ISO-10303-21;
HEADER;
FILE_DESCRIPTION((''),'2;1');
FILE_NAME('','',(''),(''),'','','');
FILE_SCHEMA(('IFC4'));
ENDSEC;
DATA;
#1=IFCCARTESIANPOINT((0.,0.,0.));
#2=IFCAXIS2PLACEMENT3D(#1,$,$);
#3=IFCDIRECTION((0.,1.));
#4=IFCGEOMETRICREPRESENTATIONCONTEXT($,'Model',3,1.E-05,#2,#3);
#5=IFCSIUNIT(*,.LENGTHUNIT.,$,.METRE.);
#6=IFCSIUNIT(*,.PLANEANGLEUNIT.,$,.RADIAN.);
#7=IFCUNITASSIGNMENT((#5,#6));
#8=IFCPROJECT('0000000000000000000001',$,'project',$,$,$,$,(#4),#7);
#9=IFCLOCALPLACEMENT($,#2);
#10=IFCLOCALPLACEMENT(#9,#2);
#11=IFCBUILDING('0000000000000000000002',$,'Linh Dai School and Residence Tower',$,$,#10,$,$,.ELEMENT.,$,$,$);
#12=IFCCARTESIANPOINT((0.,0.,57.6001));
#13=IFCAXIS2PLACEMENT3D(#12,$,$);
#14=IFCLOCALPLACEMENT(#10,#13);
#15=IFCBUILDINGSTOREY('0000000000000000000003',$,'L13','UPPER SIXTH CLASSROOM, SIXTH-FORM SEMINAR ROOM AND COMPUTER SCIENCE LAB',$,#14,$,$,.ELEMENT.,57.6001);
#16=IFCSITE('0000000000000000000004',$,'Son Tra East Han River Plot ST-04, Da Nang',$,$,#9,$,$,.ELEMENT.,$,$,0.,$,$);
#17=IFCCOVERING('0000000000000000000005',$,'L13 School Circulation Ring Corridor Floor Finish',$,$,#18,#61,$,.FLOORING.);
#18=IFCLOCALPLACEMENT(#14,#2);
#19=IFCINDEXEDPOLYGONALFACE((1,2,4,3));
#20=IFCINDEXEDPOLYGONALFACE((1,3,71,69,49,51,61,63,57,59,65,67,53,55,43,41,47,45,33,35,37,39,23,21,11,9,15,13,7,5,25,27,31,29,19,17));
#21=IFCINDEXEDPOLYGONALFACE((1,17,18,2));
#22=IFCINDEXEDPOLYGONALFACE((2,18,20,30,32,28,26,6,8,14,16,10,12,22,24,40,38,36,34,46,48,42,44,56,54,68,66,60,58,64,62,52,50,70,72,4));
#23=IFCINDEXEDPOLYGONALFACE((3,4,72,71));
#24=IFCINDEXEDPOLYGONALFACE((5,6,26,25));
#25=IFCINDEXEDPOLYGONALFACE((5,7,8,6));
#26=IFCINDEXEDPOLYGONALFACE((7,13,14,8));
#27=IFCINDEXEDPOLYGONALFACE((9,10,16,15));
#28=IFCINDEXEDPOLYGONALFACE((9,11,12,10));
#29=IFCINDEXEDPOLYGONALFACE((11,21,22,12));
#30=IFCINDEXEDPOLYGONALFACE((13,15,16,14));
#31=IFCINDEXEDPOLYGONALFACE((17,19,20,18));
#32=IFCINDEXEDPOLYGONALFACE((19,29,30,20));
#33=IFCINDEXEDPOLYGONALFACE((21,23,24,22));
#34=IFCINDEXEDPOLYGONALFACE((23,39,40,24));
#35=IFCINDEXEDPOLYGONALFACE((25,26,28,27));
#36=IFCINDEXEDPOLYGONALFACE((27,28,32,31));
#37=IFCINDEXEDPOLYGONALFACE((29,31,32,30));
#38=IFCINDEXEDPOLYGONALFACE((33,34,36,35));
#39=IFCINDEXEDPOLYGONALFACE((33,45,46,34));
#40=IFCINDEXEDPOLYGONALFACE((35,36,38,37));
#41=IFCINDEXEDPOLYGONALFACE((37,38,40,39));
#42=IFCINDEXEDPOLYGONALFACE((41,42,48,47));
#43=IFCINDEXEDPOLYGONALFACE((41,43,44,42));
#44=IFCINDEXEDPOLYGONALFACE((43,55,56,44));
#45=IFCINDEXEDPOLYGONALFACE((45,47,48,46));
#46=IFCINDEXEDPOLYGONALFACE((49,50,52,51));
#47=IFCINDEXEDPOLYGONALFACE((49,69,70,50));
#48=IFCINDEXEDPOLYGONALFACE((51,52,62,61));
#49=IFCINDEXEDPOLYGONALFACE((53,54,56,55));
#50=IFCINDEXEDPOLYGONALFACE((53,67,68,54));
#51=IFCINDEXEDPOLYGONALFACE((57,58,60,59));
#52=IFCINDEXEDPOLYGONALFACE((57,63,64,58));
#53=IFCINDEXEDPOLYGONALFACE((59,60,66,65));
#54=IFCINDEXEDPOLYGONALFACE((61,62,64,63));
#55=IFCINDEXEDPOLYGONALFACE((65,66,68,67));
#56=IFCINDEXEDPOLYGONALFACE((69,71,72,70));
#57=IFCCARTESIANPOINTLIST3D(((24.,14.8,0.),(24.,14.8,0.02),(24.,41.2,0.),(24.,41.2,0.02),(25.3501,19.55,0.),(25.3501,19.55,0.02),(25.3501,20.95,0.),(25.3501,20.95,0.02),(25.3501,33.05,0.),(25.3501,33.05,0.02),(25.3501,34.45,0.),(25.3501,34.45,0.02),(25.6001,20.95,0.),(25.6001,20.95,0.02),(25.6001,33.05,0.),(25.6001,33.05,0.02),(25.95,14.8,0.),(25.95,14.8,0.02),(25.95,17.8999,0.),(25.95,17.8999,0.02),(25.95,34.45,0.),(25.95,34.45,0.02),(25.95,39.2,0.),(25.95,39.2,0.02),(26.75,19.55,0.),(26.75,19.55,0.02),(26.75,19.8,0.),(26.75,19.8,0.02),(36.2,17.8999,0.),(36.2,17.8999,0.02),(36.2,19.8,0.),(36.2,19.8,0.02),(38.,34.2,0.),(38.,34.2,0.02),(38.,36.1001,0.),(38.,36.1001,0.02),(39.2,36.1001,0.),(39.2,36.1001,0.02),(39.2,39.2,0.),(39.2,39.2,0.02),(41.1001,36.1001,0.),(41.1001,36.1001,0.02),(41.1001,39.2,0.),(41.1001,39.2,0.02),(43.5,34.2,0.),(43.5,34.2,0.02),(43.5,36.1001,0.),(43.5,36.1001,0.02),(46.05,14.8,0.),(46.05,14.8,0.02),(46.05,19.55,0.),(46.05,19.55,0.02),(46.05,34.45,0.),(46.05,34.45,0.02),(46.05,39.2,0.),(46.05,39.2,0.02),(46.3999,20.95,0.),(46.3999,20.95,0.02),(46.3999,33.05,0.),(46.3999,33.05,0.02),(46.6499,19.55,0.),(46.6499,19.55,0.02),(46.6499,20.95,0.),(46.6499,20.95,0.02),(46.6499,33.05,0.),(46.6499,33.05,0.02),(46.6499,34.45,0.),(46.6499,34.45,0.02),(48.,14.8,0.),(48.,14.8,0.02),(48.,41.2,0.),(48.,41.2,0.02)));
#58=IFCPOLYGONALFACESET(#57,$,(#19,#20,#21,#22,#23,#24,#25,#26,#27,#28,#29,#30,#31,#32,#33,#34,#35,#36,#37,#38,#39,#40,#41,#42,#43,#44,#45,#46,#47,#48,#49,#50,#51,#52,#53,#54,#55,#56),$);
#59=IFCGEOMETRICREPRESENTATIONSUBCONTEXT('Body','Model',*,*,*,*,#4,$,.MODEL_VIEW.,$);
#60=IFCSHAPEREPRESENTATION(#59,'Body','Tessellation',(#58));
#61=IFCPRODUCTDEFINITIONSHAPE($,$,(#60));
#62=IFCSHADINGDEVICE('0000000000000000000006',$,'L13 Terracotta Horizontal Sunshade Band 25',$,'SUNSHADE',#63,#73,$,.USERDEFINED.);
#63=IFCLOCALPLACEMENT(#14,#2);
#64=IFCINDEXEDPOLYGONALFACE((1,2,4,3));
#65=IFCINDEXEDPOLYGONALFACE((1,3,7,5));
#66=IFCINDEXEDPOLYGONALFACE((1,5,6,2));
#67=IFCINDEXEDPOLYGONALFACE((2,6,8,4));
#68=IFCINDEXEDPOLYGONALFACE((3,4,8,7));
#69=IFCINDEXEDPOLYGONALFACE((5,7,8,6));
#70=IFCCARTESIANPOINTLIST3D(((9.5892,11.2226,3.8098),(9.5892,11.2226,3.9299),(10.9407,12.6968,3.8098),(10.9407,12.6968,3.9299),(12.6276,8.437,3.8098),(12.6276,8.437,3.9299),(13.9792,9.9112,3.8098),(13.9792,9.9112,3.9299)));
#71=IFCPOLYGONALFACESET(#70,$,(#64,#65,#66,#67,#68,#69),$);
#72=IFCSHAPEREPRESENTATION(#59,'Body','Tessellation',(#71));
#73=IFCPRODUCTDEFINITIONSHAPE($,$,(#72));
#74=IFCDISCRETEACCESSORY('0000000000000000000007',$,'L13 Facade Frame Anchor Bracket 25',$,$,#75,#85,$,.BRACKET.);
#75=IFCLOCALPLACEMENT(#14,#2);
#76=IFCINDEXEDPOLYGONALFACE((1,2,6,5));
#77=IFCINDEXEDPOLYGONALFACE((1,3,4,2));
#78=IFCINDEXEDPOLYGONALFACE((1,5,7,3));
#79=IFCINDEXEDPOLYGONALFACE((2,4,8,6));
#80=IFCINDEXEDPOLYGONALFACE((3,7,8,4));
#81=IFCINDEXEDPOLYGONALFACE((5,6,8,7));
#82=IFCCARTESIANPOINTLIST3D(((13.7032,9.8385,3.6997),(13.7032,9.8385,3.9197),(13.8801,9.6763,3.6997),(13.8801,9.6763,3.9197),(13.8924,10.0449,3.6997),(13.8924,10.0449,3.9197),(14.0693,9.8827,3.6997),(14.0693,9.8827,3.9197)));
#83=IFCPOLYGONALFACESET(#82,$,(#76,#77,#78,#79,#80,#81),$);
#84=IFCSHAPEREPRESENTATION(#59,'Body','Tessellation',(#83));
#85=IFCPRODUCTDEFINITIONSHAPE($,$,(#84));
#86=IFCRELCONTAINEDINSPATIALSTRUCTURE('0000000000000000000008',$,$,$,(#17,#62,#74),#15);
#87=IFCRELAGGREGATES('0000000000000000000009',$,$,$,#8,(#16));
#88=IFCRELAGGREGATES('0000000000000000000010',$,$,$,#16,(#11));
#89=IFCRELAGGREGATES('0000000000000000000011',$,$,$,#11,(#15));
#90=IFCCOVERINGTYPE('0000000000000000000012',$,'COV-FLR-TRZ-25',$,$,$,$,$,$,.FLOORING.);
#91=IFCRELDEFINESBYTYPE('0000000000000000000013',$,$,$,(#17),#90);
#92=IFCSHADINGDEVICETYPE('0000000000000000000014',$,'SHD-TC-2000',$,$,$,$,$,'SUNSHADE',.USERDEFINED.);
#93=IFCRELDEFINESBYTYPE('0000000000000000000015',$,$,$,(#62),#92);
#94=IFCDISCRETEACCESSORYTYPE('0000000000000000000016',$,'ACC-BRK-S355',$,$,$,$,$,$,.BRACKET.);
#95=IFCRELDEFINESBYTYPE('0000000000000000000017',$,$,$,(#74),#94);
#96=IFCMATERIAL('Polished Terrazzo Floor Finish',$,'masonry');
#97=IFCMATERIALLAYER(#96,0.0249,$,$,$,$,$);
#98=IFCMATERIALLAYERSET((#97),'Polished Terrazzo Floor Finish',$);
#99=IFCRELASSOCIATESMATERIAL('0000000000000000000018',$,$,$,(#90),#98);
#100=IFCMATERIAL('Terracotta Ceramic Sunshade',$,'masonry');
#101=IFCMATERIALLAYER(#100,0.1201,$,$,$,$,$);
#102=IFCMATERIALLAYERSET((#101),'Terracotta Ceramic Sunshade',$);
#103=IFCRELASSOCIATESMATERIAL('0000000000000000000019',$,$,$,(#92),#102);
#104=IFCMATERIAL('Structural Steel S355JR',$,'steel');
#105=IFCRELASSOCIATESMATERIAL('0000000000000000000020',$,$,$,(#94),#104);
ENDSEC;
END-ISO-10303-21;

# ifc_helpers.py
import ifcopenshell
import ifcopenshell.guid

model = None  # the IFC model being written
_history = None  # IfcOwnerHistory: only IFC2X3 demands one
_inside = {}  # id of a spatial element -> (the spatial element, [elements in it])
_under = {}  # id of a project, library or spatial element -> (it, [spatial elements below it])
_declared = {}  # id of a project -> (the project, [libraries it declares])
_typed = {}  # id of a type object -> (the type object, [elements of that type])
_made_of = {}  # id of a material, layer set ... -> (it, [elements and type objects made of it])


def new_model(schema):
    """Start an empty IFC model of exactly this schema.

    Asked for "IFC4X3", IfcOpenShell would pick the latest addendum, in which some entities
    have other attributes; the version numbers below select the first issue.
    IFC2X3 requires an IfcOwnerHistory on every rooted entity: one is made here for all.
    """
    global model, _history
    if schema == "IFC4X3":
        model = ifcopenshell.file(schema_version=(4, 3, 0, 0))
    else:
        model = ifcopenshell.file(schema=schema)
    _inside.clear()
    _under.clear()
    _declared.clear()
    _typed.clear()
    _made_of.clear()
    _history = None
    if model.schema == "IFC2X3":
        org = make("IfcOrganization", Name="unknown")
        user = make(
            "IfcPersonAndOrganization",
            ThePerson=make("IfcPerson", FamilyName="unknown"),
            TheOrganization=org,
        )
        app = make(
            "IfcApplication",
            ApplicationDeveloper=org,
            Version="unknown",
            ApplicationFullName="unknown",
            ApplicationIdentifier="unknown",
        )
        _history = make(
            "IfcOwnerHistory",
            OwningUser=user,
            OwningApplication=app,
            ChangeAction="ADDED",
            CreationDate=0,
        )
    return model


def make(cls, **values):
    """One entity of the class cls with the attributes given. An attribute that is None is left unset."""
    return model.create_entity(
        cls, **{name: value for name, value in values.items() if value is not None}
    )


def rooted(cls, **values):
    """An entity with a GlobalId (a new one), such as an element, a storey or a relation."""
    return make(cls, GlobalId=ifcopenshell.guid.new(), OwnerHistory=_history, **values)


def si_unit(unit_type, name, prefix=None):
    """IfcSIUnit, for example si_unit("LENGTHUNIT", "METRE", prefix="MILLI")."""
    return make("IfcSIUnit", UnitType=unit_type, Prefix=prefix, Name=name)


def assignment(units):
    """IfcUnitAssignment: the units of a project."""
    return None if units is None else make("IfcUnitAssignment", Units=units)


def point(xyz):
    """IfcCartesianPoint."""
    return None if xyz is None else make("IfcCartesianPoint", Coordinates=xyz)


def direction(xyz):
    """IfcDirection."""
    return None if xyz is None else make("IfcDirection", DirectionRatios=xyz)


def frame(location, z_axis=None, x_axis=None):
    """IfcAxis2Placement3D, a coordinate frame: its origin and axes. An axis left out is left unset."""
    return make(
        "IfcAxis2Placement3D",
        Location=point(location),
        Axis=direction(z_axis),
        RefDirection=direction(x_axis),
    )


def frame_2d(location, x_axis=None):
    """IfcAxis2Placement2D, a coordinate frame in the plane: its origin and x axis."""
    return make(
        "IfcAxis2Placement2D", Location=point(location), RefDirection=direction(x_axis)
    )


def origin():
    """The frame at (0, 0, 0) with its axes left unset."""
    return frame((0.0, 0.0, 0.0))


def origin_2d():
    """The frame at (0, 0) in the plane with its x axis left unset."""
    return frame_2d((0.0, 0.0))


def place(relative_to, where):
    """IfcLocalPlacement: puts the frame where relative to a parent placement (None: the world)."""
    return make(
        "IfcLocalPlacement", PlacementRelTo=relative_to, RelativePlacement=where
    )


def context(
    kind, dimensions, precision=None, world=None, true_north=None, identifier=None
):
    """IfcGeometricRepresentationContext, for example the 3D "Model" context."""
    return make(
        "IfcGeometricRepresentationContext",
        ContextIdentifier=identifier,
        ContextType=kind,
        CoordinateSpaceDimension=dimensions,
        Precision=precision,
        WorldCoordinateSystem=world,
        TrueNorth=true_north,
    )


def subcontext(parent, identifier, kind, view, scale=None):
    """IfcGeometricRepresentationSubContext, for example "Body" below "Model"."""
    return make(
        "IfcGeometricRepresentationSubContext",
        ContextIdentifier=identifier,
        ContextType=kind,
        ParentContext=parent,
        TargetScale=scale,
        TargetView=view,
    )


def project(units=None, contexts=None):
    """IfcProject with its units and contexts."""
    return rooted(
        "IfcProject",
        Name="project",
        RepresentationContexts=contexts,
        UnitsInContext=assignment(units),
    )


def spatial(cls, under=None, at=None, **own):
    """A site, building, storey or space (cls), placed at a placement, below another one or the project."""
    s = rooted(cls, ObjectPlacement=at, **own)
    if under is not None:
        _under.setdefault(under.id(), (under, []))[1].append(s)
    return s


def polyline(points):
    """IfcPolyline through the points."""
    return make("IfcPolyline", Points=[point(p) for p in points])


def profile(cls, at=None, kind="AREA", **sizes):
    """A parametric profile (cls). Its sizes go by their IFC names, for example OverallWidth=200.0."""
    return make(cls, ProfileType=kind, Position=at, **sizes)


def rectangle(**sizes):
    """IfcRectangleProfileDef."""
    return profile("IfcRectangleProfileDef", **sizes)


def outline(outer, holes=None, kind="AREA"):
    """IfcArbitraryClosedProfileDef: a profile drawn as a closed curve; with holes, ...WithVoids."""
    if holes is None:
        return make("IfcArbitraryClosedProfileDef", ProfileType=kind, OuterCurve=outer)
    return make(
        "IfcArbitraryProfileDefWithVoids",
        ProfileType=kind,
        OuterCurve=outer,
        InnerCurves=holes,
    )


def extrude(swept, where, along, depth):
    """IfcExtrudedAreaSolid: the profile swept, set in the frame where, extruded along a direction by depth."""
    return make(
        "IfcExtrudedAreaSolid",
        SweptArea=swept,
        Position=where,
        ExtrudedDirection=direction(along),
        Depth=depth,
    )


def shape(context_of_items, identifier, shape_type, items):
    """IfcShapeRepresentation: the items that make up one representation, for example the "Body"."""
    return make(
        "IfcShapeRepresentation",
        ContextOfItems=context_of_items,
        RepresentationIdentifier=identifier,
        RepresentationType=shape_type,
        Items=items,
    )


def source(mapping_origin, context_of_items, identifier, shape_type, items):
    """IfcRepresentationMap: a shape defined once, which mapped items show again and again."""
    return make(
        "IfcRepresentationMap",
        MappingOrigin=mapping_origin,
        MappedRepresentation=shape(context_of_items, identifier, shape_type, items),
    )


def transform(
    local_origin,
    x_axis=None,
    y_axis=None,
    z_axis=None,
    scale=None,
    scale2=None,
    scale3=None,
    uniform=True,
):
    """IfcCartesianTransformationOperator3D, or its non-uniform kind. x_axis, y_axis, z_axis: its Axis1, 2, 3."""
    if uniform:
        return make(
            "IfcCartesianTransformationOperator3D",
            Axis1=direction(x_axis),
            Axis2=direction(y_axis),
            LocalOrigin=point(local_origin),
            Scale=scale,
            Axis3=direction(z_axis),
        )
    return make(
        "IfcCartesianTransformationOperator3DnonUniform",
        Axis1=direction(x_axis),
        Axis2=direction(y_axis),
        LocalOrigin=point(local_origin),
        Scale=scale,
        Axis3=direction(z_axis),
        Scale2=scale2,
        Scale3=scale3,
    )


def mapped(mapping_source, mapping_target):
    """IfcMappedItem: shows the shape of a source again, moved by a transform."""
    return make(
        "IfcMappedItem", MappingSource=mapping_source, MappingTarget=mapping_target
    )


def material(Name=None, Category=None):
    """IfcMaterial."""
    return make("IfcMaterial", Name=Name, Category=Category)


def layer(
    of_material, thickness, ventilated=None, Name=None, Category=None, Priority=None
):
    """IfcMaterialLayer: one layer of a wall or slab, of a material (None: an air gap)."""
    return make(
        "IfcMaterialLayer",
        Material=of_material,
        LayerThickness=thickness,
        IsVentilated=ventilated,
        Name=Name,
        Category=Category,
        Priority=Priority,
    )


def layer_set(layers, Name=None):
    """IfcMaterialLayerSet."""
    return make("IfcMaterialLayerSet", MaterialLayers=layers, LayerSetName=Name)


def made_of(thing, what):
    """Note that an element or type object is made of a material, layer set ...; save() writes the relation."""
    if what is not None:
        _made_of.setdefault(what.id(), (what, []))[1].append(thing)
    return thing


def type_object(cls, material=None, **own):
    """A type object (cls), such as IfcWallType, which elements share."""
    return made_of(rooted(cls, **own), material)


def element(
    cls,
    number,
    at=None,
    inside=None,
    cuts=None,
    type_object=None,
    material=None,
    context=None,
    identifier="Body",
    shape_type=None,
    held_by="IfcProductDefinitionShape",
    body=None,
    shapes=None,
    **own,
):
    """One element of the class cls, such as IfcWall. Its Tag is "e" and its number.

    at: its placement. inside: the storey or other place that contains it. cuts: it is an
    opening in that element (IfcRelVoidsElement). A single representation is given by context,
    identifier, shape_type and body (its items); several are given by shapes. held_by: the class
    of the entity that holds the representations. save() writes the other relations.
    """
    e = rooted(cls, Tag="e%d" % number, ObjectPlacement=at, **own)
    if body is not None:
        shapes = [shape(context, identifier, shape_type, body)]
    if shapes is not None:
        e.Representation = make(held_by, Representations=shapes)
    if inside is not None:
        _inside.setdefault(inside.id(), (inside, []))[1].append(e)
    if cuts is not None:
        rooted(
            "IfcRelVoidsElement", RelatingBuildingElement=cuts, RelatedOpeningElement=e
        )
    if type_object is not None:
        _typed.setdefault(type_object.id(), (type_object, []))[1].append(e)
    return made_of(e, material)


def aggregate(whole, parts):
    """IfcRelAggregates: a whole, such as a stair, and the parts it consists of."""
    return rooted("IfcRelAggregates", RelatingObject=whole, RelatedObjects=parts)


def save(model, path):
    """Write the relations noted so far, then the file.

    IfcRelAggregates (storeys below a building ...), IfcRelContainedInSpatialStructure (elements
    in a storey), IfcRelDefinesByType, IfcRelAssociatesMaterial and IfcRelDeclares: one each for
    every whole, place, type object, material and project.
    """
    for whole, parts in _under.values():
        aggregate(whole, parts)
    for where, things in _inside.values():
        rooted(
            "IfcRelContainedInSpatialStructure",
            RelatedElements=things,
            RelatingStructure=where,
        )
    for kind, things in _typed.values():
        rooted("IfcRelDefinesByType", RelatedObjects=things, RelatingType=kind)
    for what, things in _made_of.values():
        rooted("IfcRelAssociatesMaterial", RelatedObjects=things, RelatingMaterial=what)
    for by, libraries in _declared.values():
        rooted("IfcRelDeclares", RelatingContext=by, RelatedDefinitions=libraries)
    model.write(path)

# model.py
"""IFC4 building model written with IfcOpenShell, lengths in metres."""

from ifc_helpers import new_model, si_unit, direction, frame, origin, origin_2d, place, context, subcontext, project, spatial, polyline, rectangle, outline, extrude, source, transform, mapped, material, layer, layer_set, type_object, element, save


model = new_model("IFC4")

# Units and contexts
model_context = context("Model", 3, precision=1e-05, world=origin(), true_north=direction((0.0, 1.0)))
body_context = subcontext(model_context, "Body", "Model", "MODEL_VIEW")
ifc_project = project(units=[si_unit("LENGTHUNIT", "METRE"), si_unit("PLANEANGLEUNIT", "RADIAN")], contexts=[model_context])

# Site, building, storey
site_placement = place(None, origin())
site = spatial("IfcSite", under=ifc_project, at=site_placement, Name="Son Tra East Han River Plot ST-04, Da Nang", CompositionType="ELEMENT", RefElevation=0.0)
building_placement = place(site_placement, origin())
building = spatial("IfcBuilding", under=site, at=building_placement, Name="Linh Dai School and Residence Tower", CompositionType="ELEMENT")
storey_placement = place(building_placement, frame((0.0, 0.0, 57.6001)))
storey = spatial("IfcBuildingStorey", under=building, at=storey_placement, Name="L13", Description="UPPER SIXTH CLASSROOM, SIXTH-FORM SEMINAR ROOM AND COMPUTER SCIENCE LAB", CompositionType="ELEMENT", Elevation=57.6001)

# Shared definitions
ifc_material_1 = material(Name="Structural Steel S355JR", Category="steel")

# Covering
ifc_material_2 = material(Name="Polished Terrazzo Floor Finish", Category="masonry")
ifc_layer_1 = layer(ifc_material_2, 0.0249)
ifc_layer_set_1 = layer_set([ifc_layer_1], Name="Polished Terrazzo Floor Finish")
covering_type_1 = type_object("IfcCoveringType", Name="COV-FLR-TRZ-25", PredefinedType="FLOORING", material=ifc_layer_set_1)
covering_1_placement = place(storey_placement, origin())
element("IfcCovering", 1, at=covering_1_placement, inside=storey, type_object=covering_type_1, Name="L13 School Circulation Ring Corridor Floor Finish", PredefinedType="FLOORING", context=body_context, shape_type="SweptSolid", body=[
    extrude(outline(polyline([(24.0, 41.2), (48.0, 41.2), (48.0, 14.8), (46.05, 14.8), (46.05, 19.55), (46.6499, 19.55), (46.6499, 20.95), (46.3999, 20.95), (46.3999, 33.05), (46.6499, 33.05), (46.6499, 34.45), (46.05, 34.45), (46.05, 39.2), (41.1001, 39.2), (41.1001, 36.1001), (43.5, 36.1001), (43.5, 34.2), (38.0, 34.2), (38.0, 36.1001), (39.2, 36.1001), (39.2, 39.2), (25.95, 39.2), (25.95, 34.45), (25.3501, 34.45), (25.3501, 33.05), (25.6001, 33.05), (25.6001, 20.95), (25.3501, 20.95), (25.3501, 19.55), (26.75, 19.55), (26.75, 19.8), (36.2, 19.8), (36.2, 17.8999), (25.95, 17.8999), (25.95, 14.8), (24.0, 14.8), (24.0, 41.2)])), origin(), (0.0, 0.0, 1.0), 0.02),
])

# Shading device
ifc_material_3 = material(Name="Terracotta Ceramic Sunshade", Category="masonry")
ifc_layer_2 = layer(ifc_material_3, 0.1201)
ifc_layer_set_2 = layer_set([ifc_layer_2], Name="Terracotta Ceramic Sunshade")
shading_device_type = type_object("IfcShadingDeviceType", Name="SHD-TC-2000", ElementType="SUNSHADE", PredefinedType="USERDEFINED", material=ifc_layer_set_2)
shared_shape_1 = source(origin(), body_context, "Body", "SweptSolid", [
    extrude(rectangle(XDim=4.1221, YDim=2.0, at=origin_2d()), origin(), (0.0, 0.0, 1.0), 0.1201),
])
shading_device_placement = place(storey_placement, frame((11.7842, 10.5669, 3.8098), z_axis=(0.0, 0.0, 1.0), x_axis=(-0.737113, 0.675769, 0.0)))
element("IfcShadingDevice", 2, at=shading_device_placement, inside=storey, type_object=shading_device_type, Name="L13 Terracotta Horizontal Sunshade Band 25", ObjectType="SUNSHADE", PredefinedType="USERDEFINED", context=body_context, shape_type="MappedRepresentation", body=[
    mapped(shared_shape_1, transform((0.0, 0.0, 0.0), x_axis=(1.0, 0.0, 0.0), y_axis=(0.0, 1.0, 0.0), z_axis=(0.0, 0.0, 1.0), scale=1.0)),
])

# Discrete accessory
discrete_accessory_type = type_object("IfcDiscreteAccessoryType", Name="ACC-BRK-S355", PredefinedType="BRACKET", material=ifc_material_1)
shared_shape_2 = source(origin(), body_context, "Body", "SweptSolid", [
    extrude(rectangle(XDim=0.28, YDim=0.24, at=origin_2d()), origin(), (0.0, 0.0, 1.0), 0.22),
])
discrete_accessory_placement = place(storey_placement, frame((13.8862, 9.8606, 3.6997), z_axis=(0.0, 0.0, 1.0), x_axis=(-0.675769, -0.737113, 0.0)))
element("IfcDiscreteAccessory", 3, at=discrete_accessory_placement, inside=storey, type_object=discrete_accessory_type, Name="L13 Facade Frame Anchor Bracket 25", PredefinedType="BRACKET", context=body_context, shape_type="MappedRepresentation", body=[
    mapped(shared_shape_2, transform((0.0, 0.0, 0.0), x_axis=(1.0, 0.0, 0.0), y_axis=(0.0, 1.0, 0.0), z_axis=(0.0, 0.0, 1.0), scale=1.0)),
])

save(model, "model.ifc")
